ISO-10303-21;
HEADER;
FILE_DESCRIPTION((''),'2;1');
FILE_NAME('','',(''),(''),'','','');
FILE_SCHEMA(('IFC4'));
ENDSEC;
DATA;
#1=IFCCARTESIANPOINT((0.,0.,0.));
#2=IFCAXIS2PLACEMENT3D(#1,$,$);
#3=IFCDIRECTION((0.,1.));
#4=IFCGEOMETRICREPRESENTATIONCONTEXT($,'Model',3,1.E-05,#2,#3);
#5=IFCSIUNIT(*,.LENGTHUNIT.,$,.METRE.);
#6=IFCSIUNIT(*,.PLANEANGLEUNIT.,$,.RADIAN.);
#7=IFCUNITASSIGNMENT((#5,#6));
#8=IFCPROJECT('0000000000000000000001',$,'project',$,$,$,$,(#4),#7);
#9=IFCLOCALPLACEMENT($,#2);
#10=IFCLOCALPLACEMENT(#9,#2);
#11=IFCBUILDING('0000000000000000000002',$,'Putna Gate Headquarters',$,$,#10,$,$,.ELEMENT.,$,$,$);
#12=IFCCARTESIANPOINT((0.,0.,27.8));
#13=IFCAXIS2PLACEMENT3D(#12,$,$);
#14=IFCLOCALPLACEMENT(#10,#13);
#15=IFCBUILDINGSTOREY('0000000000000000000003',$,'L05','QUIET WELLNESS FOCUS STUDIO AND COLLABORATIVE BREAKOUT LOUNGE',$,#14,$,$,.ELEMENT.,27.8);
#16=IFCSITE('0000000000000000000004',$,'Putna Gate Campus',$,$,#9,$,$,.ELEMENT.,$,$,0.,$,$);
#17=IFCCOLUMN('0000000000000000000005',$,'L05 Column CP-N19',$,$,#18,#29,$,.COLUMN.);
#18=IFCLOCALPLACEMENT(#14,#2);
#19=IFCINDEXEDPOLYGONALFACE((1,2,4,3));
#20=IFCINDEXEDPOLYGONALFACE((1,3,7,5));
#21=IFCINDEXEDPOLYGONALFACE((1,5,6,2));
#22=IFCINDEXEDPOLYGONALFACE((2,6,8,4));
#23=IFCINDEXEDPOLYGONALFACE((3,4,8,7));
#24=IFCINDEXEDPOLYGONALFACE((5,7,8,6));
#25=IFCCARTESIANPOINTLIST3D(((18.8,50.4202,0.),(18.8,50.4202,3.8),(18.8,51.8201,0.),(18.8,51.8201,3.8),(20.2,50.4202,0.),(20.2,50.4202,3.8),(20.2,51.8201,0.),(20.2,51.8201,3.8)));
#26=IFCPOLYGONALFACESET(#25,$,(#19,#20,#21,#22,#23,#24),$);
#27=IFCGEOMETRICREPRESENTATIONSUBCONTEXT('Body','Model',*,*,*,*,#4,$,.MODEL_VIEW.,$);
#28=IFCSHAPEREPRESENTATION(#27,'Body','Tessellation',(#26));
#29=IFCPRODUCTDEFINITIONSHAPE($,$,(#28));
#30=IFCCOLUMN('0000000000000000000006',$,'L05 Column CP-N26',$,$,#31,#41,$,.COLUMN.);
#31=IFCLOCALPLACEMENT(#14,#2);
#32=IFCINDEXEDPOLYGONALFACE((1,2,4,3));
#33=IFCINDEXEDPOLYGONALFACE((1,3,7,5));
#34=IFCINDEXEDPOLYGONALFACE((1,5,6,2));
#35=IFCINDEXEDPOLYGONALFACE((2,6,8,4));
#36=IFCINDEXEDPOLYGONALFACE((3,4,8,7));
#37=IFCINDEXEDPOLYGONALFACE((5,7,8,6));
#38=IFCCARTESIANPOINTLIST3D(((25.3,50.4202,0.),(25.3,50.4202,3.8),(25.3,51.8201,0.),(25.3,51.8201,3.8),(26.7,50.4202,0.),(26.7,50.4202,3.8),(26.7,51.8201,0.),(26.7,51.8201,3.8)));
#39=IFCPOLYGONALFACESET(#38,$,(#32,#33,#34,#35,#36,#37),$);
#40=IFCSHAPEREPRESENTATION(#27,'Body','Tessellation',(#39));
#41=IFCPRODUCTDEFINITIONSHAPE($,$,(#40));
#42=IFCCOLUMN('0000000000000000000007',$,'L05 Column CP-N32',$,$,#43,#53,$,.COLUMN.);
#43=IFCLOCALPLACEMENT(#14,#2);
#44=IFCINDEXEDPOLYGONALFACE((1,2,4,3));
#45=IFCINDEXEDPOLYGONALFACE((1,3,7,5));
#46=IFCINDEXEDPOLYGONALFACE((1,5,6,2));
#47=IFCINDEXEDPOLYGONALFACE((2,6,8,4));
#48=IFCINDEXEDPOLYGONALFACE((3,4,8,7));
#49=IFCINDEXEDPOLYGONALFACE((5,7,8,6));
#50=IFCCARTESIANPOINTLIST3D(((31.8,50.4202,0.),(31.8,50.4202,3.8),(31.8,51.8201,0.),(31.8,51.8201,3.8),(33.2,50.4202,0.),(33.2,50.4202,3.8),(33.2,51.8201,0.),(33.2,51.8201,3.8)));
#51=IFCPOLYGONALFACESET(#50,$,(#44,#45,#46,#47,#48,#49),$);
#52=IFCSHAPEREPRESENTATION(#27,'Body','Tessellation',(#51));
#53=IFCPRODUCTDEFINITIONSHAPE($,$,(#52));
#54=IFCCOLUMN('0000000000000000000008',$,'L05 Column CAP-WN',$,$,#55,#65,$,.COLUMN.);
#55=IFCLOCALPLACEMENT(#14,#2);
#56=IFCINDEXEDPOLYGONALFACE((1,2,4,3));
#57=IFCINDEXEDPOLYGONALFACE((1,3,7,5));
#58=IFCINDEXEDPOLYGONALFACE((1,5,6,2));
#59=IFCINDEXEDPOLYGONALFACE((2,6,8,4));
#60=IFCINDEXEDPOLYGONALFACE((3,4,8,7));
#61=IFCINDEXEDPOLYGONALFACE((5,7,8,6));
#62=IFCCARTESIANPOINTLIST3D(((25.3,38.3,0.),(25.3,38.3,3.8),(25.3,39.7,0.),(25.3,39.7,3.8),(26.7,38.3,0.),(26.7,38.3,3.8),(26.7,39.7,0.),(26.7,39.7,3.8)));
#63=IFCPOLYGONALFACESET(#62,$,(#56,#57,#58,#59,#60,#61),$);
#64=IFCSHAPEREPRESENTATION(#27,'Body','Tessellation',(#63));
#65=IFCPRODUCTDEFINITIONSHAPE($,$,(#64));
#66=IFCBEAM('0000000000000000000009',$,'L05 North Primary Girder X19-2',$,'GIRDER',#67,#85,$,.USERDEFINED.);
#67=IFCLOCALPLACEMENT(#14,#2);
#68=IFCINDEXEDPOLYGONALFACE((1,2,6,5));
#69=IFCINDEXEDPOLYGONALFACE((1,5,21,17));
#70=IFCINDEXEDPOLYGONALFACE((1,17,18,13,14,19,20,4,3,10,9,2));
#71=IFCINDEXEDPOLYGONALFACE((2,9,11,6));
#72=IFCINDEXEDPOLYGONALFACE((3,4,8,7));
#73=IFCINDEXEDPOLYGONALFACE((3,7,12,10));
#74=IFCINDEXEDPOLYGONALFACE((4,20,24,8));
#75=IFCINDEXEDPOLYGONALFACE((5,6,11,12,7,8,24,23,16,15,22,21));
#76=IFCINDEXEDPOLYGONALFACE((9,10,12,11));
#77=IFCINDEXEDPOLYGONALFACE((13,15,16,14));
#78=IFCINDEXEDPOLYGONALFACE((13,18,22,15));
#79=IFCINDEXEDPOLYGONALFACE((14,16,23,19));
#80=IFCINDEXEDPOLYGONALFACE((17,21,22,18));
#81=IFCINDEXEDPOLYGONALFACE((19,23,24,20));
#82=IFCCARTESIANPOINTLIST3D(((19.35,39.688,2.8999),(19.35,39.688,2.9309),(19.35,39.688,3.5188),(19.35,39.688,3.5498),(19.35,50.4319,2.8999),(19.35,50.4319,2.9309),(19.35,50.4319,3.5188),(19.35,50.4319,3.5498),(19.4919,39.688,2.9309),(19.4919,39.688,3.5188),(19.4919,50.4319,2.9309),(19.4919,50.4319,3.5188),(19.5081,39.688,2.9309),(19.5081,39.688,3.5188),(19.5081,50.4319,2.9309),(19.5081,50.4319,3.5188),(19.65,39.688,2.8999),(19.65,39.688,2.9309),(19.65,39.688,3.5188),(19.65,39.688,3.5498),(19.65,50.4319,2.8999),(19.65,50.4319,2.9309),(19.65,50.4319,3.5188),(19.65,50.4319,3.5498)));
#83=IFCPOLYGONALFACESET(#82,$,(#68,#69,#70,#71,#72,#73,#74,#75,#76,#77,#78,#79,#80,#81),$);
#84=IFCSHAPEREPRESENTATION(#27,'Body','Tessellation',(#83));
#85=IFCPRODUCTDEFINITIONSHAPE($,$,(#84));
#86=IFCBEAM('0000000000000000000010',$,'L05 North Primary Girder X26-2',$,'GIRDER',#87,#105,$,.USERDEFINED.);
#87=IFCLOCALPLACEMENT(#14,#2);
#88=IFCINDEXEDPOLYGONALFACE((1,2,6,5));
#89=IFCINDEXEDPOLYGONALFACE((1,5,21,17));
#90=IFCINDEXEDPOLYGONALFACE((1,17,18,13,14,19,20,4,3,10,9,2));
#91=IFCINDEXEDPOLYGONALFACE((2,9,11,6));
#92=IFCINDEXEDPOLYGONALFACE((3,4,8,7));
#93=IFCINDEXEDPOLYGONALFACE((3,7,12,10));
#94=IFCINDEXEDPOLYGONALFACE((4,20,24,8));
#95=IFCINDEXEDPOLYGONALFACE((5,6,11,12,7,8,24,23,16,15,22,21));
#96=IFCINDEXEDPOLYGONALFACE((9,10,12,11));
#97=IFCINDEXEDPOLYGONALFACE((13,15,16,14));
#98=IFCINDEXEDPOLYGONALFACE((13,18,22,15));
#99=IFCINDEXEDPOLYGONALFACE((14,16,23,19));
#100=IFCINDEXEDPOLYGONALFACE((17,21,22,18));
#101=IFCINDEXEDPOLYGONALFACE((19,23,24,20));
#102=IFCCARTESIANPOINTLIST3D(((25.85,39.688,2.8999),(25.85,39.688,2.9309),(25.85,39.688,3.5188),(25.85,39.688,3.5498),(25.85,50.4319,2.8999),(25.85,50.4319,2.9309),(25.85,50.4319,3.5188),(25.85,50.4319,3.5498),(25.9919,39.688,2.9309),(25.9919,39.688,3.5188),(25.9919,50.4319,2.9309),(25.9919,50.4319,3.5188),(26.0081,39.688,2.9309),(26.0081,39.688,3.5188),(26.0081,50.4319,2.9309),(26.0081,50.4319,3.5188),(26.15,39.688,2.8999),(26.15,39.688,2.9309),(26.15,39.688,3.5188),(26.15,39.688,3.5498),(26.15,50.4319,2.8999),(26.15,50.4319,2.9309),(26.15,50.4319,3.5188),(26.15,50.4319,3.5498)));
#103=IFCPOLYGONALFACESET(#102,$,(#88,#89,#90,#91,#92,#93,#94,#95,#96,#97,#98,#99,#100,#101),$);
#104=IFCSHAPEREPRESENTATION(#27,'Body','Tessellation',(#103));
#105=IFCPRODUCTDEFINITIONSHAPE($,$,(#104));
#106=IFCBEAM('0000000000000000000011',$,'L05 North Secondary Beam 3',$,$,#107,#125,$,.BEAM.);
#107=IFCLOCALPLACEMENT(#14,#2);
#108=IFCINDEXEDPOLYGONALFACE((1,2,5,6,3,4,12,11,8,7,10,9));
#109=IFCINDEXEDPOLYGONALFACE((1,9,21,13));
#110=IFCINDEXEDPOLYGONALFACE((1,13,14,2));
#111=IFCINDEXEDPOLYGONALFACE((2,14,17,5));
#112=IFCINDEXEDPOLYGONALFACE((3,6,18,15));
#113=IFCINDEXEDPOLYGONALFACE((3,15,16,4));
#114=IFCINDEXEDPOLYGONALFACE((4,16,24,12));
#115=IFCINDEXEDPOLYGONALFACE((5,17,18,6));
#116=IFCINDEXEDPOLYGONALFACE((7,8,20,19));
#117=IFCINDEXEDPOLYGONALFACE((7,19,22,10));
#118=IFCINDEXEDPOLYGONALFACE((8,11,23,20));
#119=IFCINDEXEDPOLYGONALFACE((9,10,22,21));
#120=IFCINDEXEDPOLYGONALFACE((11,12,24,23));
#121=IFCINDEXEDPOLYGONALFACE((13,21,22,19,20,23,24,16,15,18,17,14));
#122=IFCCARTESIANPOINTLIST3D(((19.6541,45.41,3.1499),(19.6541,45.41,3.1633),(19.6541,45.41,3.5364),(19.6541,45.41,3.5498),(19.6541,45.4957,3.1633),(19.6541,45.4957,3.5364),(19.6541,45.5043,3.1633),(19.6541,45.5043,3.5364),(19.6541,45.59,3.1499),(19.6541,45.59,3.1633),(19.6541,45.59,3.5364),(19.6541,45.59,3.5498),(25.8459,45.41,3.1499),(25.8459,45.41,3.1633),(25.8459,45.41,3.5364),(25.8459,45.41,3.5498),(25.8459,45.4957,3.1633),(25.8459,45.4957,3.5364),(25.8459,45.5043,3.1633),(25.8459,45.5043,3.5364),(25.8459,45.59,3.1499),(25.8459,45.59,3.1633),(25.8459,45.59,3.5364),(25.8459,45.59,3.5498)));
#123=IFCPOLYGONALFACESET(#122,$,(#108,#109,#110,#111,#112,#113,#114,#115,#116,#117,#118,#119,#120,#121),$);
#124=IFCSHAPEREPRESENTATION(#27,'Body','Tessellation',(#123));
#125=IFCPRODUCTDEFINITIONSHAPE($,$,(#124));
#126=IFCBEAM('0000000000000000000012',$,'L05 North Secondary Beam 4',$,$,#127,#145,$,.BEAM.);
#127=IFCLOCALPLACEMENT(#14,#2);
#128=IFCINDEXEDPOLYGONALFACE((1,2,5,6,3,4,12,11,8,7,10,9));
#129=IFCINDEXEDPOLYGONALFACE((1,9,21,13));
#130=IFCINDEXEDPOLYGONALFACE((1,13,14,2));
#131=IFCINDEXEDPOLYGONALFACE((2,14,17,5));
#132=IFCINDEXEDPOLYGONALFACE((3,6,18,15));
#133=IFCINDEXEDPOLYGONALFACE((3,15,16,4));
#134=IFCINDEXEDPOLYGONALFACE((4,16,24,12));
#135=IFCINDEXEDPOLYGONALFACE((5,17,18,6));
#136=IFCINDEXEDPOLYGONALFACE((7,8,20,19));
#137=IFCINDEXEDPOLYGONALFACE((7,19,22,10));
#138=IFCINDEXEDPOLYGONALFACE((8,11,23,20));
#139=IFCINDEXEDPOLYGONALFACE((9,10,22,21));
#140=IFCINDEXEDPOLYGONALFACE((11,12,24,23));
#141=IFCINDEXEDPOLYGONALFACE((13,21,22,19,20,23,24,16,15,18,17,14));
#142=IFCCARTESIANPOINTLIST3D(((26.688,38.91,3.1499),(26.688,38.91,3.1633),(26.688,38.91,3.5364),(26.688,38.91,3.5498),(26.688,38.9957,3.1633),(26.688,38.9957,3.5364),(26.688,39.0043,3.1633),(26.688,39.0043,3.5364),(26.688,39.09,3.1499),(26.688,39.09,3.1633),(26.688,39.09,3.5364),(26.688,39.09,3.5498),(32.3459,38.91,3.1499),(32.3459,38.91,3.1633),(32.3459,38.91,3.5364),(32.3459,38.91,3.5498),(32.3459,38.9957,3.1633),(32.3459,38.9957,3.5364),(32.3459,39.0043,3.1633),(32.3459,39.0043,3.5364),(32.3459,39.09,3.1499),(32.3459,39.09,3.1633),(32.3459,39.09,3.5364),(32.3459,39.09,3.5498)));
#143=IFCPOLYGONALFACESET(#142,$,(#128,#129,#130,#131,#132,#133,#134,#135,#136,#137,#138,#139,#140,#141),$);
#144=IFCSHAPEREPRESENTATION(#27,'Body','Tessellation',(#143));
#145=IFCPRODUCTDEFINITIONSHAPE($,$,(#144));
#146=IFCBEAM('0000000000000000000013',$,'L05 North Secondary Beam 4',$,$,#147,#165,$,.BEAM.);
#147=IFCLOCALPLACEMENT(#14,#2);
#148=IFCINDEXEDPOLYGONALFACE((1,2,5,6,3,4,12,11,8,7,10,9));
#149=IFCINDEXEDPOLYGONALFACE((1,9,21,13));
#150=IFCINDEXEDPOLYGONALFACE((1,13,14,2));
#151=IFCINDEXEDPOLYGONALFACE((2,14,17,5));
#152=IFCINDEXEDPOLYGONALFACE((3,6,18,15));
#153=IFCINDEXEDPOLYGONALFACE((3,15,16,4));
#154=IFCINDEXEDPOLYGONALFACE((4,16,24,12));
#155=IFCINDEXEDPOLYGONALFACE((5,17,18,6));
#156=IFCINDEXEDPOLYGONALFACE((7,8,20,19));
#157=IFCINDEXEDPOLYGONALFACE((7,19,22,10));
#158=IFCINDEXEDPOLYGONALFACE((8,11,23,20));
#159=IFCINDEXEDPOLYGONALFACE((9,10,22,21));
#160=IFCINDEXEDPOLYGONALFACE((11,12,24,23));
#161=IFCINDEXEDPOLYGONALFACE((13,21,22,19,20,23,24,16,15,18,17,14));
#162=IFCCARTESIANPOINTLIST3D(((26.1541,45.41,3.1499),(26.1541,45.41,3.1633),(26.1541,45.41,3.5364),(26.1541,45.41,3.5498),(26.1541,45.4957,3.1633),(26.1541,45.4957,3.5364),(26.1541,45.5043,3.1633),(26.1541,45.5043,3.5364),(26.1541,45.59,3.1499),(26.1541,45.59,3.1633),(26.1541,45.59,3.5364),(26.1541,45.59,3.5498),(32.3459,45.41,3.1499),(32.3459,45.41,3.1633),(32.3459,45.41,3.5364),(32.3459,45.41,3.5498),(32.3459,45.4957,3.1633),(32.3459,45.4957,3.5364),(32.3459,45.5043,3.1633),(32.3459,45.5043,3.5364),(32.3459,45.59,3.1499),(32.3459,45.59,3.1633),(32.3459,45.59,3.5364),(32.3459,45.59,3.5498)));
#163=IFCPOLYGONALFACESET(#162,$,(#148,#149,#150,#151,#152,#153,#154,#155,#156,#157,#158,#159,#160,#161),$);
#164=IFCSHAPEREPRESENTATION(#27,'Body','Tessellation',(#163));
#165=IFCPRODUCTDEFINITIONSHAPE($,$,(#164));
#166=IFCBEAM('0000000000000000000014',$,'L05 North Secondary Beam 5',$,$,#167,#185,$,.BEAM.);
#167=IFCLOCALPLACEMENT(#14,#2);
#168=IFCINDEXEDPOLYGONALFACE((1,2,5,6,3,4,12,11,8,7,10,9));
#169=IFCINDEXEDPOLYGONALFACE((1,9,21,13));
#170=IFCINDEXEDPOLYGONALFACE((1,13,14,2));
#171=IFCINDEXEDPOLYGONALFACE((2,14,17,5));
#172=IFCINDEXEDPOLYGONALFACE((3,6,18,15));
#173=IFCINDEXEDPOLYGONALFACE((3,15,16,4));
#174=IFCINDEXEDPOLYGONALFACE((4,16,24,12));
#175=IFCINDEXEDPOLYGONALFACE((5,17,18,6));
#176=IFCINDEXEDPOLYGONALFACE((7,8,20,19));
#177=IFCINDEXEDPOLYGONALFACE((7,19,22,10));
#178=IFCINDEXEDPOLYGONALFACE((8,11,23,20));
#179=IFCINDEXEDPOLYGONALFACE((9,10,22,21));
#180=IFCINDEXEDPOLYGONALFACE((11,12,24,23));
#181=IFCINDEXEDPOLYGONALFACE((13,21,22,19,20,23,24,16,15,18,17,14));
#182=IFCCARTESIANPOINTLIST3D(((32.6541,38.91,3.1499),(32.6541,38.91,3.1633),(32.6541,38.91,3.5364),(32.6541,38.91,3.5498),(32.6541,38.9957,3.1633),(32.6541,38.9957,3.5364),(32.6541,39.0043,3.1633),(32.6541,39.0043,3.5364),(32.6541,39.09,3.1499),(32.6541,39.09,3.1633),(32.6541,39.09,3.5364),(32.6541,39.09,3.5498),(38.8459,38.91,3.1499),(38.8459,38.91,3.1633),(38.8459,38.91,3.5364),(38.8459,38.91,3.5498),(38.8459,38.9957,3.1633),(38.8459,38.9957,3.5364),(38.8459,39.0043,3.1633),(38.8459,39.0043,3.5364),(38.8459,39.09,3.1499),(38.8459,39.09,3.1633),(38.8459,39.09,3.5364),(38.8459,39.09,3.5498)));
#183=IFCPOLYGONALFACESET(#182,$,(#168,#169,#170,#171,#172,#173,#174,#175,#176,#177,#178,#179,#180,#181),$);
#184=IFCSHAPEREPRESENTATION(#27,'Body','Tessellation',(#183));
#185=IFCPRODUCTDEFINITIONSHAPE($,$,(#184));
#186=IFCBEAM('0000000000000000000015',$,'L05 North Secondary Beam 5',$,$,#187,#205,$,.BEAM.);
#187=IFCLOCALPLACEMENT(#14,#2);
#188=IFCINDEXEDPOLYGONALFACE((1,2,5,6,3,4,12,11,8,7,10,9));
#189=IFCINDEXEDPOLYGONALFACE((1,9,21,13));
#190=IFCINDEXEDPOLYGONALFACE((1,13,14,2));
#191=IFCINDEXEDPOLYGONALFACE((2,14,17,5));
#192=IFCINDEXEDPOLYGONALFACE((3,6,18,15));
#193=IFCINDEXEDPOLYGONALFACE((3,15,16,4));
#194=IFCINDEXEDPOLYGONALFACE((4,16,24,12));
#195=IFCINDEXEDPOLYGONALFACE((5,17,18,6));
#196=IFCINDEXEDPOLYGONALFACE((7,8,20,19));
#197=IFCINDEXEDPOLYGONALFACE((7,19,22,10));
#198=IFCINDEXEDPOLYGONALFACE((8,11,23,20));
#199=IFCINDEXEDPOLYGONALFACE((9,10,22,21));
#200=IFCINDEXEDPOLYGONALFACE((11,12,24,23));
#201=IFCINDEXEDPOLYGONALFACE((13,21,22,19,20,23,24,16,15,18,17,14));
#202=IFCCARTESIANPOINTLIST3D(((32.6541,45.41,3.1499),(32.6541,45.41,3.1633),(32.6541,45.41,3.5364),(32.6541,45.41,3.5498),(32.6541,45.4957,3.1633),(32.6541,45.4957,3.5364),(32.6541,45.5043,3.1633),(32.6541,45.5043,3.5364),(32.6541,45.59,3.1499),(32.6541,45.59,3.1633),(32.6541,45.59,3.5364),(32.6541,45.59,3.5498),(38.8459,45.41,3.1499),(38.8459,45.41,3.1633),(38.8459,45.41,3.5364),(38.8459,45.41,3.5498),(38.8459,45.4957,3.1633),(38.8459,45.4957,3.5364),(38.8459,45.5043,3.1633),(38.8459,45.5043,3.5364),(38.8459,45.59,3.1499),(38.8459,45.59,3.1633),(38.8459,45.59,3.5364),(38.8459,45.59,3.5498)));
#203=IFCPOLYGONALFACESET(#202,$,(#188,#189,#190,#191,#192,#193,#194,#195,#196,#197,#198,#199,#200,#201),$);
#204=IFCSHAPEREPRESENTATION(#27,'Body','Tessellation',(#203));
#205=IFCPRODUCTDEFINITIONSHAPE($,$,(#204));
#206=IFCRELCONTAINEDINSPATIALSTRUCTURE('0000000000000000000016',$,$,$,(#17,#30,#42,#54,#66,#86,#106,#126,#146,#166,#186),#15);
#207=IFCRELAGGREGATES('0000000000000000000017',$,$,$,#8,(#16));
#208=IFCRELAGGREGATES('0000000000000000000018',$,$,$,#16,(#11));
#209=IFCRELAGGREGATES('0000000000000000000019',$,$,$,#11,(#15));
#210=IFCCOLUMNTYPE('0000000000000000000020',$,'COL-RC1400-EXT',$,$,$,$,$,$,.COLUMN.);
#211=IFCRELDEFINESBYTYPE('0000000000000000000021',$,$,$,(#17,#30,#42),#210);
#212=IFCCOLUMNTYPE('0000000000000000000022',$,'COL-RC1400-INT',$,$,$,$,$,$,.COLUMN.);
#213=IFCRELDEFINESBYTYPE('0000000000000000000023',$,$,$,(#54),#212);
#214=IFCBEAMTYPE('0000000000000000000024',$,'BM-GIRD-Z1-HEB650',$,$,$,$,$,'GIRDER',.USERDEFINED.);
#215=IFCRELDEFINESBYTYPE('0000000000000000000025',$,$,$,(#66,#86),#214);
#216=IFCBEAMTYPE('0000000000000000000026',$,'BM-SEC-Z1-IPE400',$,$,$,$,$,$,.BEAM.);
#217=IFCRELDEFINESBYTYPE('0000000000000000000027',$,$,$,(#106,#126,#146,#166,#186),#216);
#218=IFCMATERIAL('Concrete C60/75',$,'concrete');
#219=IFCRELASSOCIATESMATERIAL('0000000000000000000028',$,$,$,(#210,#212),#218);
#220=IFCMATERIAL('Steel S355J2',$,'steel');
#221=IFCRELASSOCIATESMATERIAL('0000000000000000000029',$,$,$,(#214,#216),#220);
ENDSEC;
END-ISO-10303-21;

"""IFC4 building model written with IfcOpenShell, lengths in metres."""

from ifc_helpers import new_model, si_unit, direction, frame, origin, origin_2d, place, context, subcontext, project, spatial, rectangle, i_section, extrude, material, material_profile, profile_set, type_object, element, save


model = new_model("IFC4")

# Units and contexts
model_context = context("Model", 3, precision=1e-05, world=origin(), true_north=direction((0.0, 1.0)))
body_context = subcontext(model_context, "Body", "Model", "MODEL_VIEW")
ifc_project = project(units=[si_unit("LENGTHUNIT", "METRE"), si_unit("PLANEANGLEUNIT", "RADIAN")], contexts=[model_context])

# Site, building, storey
site_placement = place(None, origin())
site = spatial("IfcSite", under=ifc_project, at=site_placement, Name="Putna Gate Campus", CompositionType="ELEMENT", RefElevation=0.0)
building_placement = place(site_placement, origin())
building = spatial("IfcBuilding", under=site, at=building_placement, Name="Putna Gate Headquarters", CompositionType="ELEMENT")
storey_placement = place(building_placement, frame((0.0, 0.0, 27.8)))
storey = spatial("IfcBuildingStorey", under=building, at=storey_placement, Name="L05", Description="QUIET WELLNESS FOCUS STUDIO AND COLLABORATIVE BREAKOUT LOUNGE", CompositionType="ELEMENT", Elevation=27.8)

# Columns
ifc_material_1 = material(Name="Concrete C60/75", Category="concrete")
ifc_material_profile_1 = material_profile(ifc_material_1, rectangle(XDim=1.3999, YDim=1.3999, at=origin_2d()), Name="Concrete C60/75")
ifc_profile_set_1 = profile_set([ifc_material_profile_1], Name="Concrete C60/75")
column_type_1 = type_object("IfcColumnType", Name="COL-RC1400-EXT", PredefinedType="COLUMN", material=ifc_profile_set_1)
for number, where, z_axis, x_axis, name in (
    (1, (19.5, 51.1201, 0.0), (0.0, 0.0, 1.0), (1.0, 0.0, 0.0), "L05 Column CP-N19"),
    (2, (26.0, 51.1201, 0.0), (0.0, 0.0, 1.0), (1.0, 0.0, 0.0), "L05 Column CP-N26"),
    (3, (32.5, 51.1201, 0.0), (0.0, 0.0, 1.0), (1.0, 0.0, 0.0), "L05 Column CP-N32"),
):
    element("IfcColumn", number, at=place(storey_placement, frame(where, z_axis=z_axis, x_axis=x_axis)), inside=storey, type_object=column_type_1, Name=name, PredefinedType="COLUMN", context=body_context, shape_type="SweptSolid", body=[
        extrude(rectangle(XDim=1.3999, YDim=1.3999, at=origin_2d()), origin(), (0.0, 0.0, 1.0), 3.8),
    ])
ifc_material_profile_2 = material_profile(ifc_material_1, rectangle(XDim=1.3999, YDim=1.3999, at=origin_2d()), Name="Concrete C60/75")
ifc_profile_set_2 = profile_set([ifc_material_profile_2], Name="Concrete C60/75")
column_type_2 = type_object("IfcColumnType", Name="COL-RC1400-INT", PredefinedType="COLUMN", material=ifc_profile_set_2)
column_placement = place(storey_placement, frame((26.0, 39.0, 0.0), z_axis=(0.0, 0.0, 1.0), x_axis=(1.0, 0.0, 0.0)))
element("IfcColumn", 4, at=column_placement, inside=storey, type_object=column_type_2, Name="L05 Column CAP-WN", PredefinedType="COLUMN", context=body_context, shape_type="SweptSolid", body=[
    extrude(rectangle(XDim=1.3999, YDim=1.3999, at=origin_2d()), origin(), (0.0, 0.0, 1.0), 3.8),
])

# Beams
ifc_material_2 = material(Name="Steel S355J2", Category="steel")
ifc_material_profile_3 = material_profile(ifc_material_2, i_section(OverallWidth=0.3, OverallDepth=0.6499, WebThickness=0.0161, FlangeThickness=0.031, at=origin_2d()), Name="Steel S355J2")
ifc_profile_set_3 = profile_set([ifc_material_profile_3], Name="Steel S355J2")
beam_type_1 = type_object("IfcBeamType", Name="BM-GIRD-Z1-HEB650", ElementType="GIRDER", PredefinedType="USERDEFINED", material=ifc_profile_set_3)
for number, where, z_axis, x_axis, name in (
    (5, (19.5, 39.688, 3.2249), (0.0, 1.0, 0.0), (-1.0, 0.0, 0.0), "L05 North Primary Girder X19-2"),
    (6, (26.0, 39.688, 3.2249), (0.0, 1.0, 0.0), (-1.0, 0.0, 0.0), "L05 North Primary Girder X26-2"),
):
    element("IfcBeam", number, at=place(storey_placement, frame(where, z_axis=z_axis, x_axis=x_axis)), inside=storey, type_object=beam_type_1, Name=name, ObjectType="GIRDER", PredefinedType="USERDEFINED", context=body_context, shape_type="SweptSolid", body=[
        extrude(i_section(OverallWidth=0.3, OverallDepth=0.6499, WebThickness=0.0161, FlangeThickness=0.031, at=origin_2d()), origin(), (0.0, 0.0, 1.0), 10.7439),
    ])
ifc_material_profile_4 = material_profile(ifc_material_2, i_section(OverallWidth=0.1799, OverallDepth=0.3999, WebThickness=0.0085, FlangeThickness=0.0134, at=origin_2d()), Name="Steel S355J2")
ifc_profile_set_4 = profile_set([ifc_material_profile_4], Name="Steel S355J2")
beam_type_2 = type_object("IfcBeamType", Name="BM-SEC-Z1-IPE400", PredefinedType="BEAM", material=ifc_profile_set_4)
beam_1_placement = place(storey_placement, frame((19.6541, 45.5, 3.3499), z_axis=(1.0, 0.0, 0.0), x_axis=(0.0, 1.0, 0.0)))
element("IfcBeam", 7, at=beam_1_placement, inside=storey, type_object=beam_type_2, Name="L05 North Secondary Beam 3", PredefinedType="BEAM", context=body_context, shape_type="SweptSolid", body=[
    extrude(i_section(OverallWidth=0.1799, OverallDepth=0.3999, WebThickness=0.0085, FlangeThickness=0.0134, at=origin_2d()), origin(), (0.0, 0.0, 1.0), 6.1919),
])
beam_2_placement = place(storey_placement, frame((26.688, 39.0, 3.3499), z_axis=(1.0, 0.0, 0.0), x_axis=(0.0, 1.0, 0.0)))
element("IfcBeam", 8, at=beam_2_placement, inside=storey, type_object=beam_type_2, Name="L05 North Secondary Beam 4", PredefinedType="BEAM", context=body_context, shape_type="SweptSolid", body=[
    extrude(i_section(OverallWidth=0.1799, OverallDepth=0.3999, WebThickness=0.0085, FlangeThickness=0.0134, at=origin_2d()), origin(), (0.0, 0.0, 1.0), 5.658),
])
for number, where, z_axis, x_axis, name in (
    (9, (26.1541, 45.5, 3.3499), (1.0, 0.0, 0.0), (0.0, 1.0, 0.0), "L05 North Secondary Beam 4"),
    (10, (32.6541, 39.0, 3.3499), (1.0, 0.0, 0.0), (0.0, 1.0, 0.0), "L05 North Secondary Beam 5"),
    (11, (32.6541, 45.5, 3.3499), (1.0, 0.0, 0.0), (0.0, 1.0, 0.0), "L05 North Secondary Beam 5"),
):
    element("IfcBeam", number, at=place(storey_placement, frame(where, z_axis=z_axis, x_axis=x_axis)), inside=storey, type_object=beam_type_2, Name=name, PredefinedType="BEAM", context=body_context, shape_type="SweptSolid", body=[
        extrude(i_section(OverallWidth=0.1799, OverallDepth=0.3999, WebThickness=0.0085, FlangeThickness=0.0134, at=origin_2d()), origin(), (0.0, 0.0, 1.0), 6.1919),
    ])

save(model, "model.ifc")
